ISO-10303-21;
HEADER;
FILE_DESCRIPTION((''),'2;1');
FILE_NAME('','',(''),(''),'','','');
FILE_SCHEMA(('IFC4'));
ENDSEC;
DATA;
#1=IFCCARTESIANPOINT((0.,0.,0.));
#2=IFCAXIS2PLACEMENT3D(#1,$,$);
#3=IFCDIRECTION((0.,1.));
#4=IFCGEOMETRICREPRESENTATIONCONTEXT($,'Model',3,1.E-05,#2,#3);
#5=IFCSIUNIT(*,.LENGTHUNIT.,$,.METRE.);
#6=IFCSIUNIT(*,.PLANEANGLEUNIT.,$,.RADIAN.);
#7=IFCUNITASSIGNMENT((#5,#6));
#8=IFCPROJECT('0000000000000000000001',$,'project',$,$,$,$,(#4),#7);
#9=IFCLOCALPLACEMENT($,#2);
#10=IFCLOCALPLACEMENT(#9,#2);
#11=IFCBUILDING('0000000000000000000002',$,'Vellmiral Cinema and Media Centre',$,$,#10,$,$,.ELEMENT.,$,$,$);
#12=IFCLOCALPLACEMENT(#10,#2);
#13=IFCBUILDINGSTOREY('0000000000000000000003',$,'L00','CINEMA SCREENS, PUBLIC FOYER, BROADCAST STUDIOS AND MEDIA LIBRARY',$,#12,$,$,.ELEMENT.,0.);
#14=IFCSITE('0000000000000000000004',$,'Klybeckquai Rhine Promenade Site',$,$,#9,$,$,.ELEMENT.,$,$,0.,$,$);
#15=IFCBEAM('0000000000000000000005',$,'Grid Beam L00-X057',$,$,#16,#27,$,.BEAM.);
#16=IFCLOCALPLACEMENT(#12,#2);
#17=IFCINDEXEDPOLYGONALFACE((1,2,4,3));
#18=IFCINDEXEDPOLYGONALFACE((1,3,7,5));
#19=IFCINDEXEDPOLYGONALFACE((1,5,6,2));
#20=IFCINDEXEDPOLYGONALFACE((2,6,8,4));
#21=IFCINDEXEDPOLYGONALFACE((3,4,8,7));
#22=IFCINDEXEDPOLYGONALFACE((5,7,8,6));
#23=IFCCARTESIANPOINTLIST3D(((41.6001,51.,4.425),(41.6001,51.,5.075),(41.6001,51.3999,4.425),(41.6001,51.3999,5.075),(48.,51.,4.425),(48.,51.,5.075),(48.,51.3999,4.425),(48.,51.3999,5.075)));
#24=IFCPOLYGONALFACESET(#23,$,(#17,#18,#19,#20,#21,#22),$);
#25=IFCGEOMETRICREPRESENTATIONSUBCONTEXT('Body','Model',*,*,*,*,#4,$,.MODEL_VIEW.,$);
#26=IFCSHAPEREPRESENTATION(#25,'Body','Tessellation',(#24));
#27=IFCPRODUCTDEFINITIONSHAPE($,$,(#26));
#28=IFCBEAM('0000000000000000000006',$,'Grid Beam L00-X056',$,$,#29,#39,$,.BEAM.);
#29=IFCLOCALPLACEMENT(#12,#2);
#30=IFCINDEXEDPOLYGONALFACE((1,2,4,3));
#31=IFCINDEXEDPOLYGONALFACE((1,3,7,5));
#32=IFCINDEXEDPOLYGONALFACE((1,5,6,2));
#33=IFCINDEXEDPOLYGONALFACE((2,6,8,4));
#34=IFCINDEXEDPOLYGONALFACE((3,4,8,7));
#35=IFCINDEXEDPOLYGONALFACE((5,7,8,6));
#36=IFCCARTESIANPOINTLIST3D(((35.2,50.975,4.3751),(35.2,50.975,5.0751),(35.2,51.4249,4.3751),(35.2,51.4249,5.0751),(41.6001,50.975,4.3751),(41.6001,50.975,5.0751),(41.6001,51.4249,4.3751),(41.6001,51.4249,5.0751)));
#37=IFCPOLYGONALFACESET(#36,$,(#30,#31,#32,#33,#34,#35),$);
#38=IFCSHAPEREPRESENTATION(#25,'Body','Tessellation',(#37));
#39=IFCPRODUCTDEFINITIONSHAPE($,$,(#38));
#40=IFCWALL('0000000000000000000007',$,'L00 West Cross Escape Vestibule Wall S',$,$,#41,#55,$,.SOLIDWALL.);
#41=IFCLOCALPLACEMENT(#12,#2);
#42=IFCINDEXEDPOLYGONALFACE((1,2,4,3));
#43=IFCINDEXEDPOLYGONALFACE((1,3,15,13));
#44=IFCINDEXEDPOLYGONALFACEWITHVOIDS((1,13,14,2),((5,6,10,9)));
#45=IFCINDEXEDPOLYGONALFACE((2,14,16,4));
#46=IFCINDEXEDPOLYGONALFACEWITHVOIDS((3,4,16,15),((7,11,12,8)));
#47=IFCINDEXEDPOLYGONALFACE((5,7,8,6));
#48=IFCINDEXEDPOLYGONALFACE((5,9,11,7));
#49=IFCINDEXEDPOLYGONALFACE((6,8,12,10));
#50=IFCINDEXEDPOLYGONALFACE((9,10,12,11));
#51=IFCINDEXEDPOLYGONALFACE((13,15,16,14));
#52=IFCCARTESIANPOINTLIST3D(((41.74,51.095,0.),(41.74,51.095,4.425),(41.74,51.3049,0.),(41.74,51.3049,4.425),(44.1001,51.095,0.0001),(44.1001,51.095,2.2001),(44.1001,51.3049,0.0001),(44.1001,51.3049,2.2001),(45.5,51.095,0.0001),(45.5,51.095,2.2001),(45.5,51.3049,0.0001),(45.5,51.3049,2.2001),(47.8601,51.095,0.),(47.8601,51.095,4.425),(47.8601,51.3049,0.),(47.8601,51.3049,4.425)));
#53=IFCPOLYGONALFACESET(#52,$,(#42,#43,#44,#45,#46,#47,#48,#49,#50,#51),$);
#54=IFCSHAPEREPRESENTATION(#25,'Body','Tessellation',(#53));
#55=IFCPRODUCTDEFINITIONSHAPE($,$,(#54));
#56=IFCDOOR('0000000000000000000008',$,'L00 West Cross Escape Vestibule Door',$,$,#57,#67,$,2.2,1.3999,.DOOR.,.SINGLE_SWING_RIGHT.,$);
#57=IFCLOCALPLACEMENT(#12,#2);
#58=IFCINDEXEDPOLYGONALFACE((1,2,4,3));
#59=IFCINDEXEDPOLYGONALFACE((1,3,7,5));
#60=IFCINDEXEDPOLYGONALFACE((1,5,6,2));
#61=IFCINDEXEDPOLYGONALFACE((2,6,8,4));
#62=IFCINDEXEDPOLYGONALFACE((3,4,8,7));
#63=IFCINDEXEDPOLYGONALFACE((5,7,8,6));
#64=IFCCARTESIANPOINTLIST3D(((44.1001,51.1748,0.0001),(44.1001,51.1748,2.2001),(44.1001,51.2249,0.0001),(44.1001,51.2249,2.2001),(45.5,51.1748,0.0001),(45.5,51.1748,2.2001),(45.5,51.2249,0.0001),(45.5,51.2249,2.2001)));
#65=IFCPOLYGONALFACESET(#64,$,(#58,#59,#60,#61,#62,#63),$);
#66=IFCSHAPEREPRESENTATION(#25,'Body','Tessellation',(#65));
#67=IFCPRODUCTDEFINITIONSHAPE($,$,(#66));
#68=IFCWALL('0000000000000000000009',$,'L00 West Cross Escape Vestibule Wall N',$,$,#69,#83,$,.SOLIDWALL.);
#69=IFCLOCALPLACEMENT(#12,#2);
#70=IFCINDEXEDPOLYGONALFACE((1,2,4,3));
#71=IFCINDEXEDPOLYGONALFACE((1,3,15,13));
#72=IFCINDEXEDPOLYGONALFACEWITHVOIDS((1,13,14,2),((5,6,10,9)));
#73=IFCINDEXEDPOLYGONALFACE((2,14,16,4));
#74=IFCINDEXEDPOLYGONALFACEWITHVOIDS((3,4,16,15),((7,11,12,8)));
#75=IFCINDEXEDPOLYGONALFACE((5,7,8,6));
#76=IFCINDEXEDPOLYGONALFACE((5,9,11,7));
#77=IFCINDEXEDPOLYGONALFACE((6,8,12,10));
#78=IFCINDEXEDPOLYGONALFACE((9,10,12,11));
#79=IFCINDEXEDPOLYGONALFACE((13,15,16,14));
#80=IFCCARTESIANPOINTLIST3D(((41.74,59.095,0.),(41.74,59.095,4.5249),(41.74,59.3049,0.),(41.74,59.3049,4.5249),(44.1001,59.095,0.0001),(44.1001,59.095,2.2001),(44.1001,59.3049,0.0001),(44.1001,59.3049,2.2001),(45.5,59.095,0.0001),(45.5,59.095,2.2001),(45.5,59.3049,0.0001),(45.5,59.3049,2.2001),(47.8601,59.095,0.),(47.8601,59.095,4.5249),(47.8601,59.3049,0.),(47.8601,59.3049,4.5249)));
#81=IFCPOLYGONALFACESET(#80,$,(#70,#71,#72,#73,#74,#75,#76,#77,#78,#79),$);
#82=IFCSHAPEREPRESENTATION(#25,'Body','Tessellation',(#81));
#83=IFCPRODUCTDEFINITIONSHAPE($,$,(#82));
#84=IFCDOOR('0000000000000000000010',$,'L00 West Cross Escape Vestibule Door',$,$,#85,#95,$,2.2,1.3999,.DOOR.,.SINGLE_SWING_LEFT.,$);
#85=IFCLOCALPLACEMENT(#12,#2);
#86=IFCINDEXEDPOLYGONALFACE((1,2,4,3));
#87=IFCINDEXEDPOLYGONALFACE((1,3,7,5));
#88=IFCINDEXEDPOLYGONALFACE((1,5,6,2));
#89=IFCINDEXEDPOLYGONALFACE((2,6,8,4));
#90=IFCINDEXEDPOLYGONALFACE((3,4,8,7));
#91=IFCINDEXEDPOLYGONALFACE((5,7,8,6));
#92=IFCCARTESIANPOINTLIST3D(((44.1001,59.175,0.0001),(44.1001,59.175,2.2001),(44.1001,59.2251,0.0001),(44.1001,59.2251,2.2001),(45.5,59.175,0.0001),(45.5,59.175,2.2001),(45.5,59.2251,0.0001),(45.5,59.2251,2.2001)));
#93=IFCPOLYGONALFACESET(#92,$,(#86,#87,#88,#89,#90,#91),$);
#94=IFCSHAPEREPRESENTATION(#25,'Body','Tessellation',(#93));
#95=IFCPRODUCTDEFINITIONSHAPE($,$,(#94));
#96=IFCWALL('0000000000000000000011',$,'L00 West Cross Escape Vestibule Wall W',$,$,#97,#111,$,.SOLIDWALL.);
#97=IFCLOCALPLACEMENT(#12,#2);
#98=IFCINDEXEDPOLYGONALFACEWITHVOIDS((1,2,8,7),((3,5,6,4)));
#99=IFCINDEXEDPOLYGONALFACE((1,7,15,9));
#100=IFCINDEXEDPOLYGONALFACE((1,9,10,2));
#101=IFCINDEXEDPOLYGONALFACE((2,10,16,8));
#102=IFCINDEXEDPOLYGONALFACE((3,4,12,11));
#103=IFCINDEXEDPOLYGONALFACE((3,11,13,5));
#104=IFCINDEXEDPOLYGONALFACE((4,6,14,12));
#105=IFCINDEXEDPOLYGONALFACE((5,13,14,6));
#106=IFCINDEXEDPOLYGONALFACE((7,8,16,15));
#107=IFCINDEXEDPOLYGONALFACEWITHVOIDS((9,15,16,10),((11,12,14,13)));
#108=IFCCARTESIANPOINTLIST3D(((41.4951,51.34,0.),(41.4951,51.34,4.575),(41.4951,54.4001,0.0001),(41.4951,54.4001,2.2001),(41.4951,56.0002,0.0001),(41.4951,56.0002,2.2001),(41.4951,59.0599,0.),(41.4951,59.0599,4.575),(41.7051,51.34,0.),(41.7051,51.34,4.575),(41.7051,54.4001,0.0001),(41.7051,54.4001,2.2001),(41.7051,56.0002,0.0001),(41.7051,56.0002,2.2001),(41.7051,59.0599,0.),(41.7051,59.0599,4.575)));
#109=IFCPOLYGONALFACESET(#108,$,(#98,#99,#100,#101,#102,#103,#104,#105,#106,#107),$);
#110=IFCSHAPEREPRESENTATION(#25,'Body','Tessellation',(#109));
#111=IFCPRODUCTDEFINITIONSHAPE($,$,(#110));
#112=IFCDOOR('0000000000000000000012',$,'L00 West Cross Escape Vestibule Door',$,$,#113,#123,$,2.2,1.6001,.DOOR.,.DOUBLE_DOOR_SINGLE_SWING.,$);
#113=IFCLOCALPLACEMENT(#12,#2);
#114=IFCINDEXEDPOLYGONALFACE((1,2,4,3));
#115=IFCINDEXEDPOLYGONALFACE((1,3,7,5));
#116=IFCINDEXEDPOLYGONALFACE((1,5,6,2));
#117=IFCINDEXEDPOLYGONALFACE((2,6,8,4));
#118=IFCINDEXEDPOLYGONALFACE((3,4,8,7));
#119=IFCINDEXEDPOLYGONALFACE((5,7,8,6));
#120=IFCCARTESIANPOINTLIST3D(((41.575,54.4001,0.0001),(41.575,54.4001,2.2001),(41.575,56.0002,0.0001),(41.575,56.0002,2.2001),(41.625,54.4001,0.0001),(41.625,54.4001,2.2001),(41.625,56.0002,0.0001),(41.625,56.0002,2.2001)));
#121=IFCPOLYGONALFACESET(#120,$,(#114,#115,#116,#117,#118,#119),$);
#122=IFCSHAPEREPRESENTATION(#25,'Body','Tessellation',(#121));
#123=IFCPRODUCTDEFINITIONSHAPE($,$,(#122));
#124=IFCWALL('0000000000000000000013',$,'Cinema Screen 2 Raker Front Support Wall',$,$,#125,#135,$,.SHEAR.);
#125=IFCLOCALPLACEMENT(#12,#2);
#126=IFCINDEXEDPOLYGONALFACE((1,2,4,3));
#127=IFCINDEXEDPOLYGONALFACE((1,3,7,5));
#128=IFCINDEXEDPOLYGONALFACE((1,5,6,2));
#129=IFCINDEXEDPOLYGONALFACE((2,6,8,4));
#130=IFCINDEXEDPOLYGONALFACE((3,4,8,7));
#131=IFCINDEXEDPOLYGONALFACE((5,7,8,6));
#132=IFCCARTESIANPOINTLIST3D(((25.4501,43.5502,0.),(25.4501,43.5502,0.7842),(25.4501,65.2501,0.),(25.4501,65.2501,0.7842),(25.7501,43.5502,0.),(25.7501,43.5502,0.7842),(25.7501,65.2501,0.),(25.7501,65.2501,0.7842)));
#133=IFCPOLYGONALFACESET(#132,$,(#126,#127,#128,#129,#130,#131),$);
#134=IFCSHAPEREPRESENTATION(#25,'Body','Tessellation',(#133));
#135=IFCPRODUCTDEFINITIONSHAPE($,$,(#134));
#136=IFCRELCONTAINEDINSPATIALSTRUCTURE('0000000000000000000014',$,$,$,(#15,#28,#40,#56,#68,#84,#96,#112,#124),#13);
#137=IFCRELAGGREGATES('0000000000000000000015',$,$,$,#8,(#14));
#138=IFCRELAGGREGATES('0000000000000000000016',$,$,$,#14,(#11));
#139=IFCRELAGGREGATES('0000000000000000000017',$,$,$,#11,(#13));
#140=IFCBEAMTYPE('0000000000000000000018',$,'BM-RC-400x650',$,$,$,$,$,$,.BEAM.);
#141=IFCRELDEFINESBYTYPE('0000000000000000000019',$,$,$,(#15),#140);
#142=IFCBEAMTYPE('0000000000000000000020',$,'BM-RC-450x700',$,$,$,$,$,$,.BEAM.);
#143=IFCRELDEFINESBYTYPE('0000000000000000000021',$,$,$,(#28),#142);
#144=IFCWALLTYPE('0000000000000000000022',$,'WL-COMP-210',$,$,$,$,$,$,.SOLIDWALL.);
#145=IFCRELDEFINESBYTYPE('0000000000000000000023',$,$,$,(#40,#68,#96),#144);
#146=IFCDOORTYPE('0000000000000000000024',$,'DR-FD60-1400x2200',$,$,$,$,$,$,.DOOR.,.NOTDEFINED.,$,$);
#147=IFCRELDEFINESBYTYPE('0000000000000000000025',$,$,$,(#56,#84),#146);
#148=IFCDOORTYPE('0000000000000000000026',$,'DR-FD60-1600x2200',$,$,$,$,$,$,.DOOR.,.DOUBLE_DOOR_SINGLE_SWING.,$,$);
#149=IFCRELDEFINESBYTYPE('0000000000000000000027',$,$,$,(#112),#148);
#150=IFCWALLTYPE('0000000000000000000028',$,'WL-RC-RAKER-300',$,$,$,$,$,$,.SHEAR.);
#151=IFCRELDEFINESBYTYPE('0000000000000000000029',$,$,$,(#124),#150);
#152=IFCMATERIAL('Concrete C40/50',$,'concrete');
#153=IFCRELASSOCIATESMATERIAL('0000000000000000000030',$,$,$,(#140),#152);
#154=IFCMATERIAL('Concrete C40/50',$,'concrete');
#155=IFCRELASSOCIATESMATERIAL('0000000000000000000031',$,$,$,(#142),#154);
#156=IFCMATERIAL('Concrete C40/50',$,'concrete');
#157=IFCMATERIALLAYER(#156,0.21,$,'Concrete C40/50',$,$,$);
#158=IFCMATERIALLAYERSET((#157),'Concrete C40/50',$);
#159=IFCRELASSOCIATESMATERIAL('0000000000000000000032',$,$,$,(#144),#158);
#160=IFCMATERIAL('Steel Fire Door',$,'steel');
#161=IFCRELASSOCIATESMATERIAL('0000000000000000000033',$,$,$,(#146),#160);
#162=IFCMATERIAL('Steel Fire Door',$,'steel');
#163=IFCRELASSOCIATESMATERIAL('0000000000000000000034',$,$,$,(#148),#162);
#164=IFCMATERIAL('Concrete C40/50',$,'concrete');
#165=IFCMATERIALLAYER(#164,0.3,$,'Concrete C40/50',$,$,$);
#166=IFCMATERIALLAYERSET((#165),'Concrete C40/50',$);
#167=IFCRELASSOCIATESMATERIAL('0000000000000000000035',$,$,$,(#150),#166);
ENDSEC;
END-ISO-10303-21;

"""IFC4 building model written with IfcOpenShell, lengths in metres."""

from ifc_helpers import new_model, si_unit, direction, frame, frame_2d, origin, origin_2d, place, context, subcontext, project, spatial, rectangle, extrude, material, layer, layer_set, material_profile, profile_set, type_object, element, fill, save


model = new_model("IFC4")

# Units and contexts
model_context = context("Model", 3, precision=1e-05, world=origin(), true_north=direction((0.0, 1.0)))
body_context = subcontext(model_context, "Body", "Model", "MODEL_VIEW")
ifc_project = project(units=[si_unit("LENGTHUNIT", "METRE"), si_unit("PLANEANGLEUNIT", "RADIAN")], contexts=[model_context])

# Site, building, storey
site_placement = place(None, origin())
site = spatial("IfcSite", under=ifc_project, at=site_placement, Name="Klybeckquai Rhine Promenade Site", CompositionType="ELEMENT", RefElevation=0.0)
building_placement = place(site_placement, origin())
building = spatial("IfcBuilding", under=site, at=building_placement, Name="Vellmiral Cinema and Media Centre", CompositionType="ELEMENT")
storey_placement = place(building_placement, origin())
storey = spatial("IfcBuildingStorey", under=building, at=storey_placement, Name="L00", Description="CINEMA SCREENS, PUBLIC FOYER, BROADCAST STUDIOS AND MEDIA LIBRARY", CompositionType="ELEMENT", Elevation=0.0)

# Beams
ifc_material_1 = material(Name="Concrete C40/50", Category="concrete")
ifc_material_profile_1 = material_profile(ifc_material_1, rectangle(XDim=0.3999, YDim=0.6499, at=origin_2d()), Name="RC 400x650")
ifc_profile_set_1 = profile_set([ifc_material_profile_1], Name="Concrete C40/50")
beam_type_1 = type_object("IfcBeamType", Name="BM-RC-400x650", PredefinedType="BEAM", material=ifc_profile_set_1)
beam_1_placement = place(storey_placement, frame((41.6001, 51.2, 4.75), z_axis=(1.0, 0.0, 0.0), x_axis=(0.0, 1.0, 0.0)))
element("IfcBeam", 1, at=beam_1_placement, inside=storey, type_object=beam_type_1, Name="Grid Beam L00-X057", PredefinedType="BEAM", context=body_context, shape_type="SweptSolid", body=[
    extrude(rectangle(XDim=0.3999, YDim=0.6499, at=origin_2d()), origin(), (0.0, 0.0, 1.0), 6.3999),
])
ifc_material_2 = material(Name="Concrete C40/50", Category="concrete")
ifc_material_profile_2 = material_profile(ifc_material_2, rectangle(XDim=0.45, YDim=0.7, at=origin_2d()), Name="RC 450x700")
ifc_profile_set_2 = profile_set([ifc_material_profile_2], Name="Concrete C40/50")
beam_type_2 = type_object("IfcBeamType", Name="BM-RC-450x700", PredefinedType="BEAM", material=ifc_profile_set_2)
beam_2_placement = place(storey_placement, frame((35.2, 51.2, 4.7251), z_axis=(1.0, 0.0, 0.0), x_axis=(0.0, 1.0, 0.0)))
element("IfcBeam", 2, at=beam_2_placement, inside=storey, type_object=beam_type_2, Name="Grid Beam L00-X056", PredefinedType="BEAM", context=body_context, shape_type="SweptSolid", body=[
    extrude(rectangle(XDim=0.45, YDim=0.7, at=origin_2d()), origin(), (0.0, 0.0, 1.0), 6.4001),
])

# Walls, openings, doors
ifc_material_3 = material(Name="Concrete C40/50", Category="concrete")
ifc_layer_1 = layer(ifc_material_3, 0.21, Name="Concrete C40/50")
ifc_layer_set_1 = layer_set([ifc_layer_1], Name="Concrete C40/50")
wall_type_1 = type_object("IfcWallType", Name="WL-COMP-210", PredefinedType="SOLIDWALL", material=ifc_layer_set_1)
wall_1_placement = place(storey_placement, frame((41.74, 51.2, 0.0), z_axis=(0.0, 0.0, 1.0), x_axis=(1.0, 0.0, 0.0)))
wall_1 = element("IfcWall", 3, at=wall_1_placement, inside=storey, type_object=wall_type_1, Name="L00 West Cross Escape Vestibule Wall S", PredefinedType="SOLIDWALL", context=body_context, shape_type="SweptSolid", body=[
    extrude(rectangle(XDim=6.1201, YDim=0.21, at=frame_2d((3.0601, 0.0))), origin(), (0.0, 0.0, 1.0), 4.425),
])
opening_1_placement = place(wall_1_placement, frame((2.3601, 0.0, 0.0)))
opening_1 = element("IfcOpeningElement", 4, at=opening_1_placement, cuts=wall_1, PredefinedType="OPENING", context=body_context, shape_type="SweptSolid", body=[
    extrude(rectangle(XDim=1.3999, YDim=2.2, at=frame_2d((0.7, 1.1001))), frame((0.0, 0.1169, 0.0), z_axis=(0.0, -1.0, 0.0), x_axis=(1.0, 0.0, 0.0)), (0.0, 0.0, 1.0), 0.2339),
])
ifc_material_4 = material(Name="Steel Fire Door", Category="steel")
door_type_1 = type_object("IfcDoorType", Name="DR-FD60-1400x2200", OperationType="NOTDEFINED", PredefinedType="DOOR", material=ifc_material_4)
door_1_placement = place(opening_1_placement, origin())
door_1 = element("IfcDoor", 5, at=door_1_placement, inside=storey, type_object=door_type_1, Name="L00 West Cross Escape Vestibule Door", OperationType="SINGLE_SWING_RIGHT", OverallHeight=2.2, OverallWidth=1.3999, PredefinedType="DOOR", context=body_context, shape_type="SweptSolid", body=[
    extrude(rectangle(XDim=1.3999, YDim=2.2, at=frame_2d((0.7, 1.1001))), frame((0.0, 0.0249, 0.0), z_axis=(0.0, -1.0, 0.0), x_axis=(1.0, 0.0, 0.0)), (0.0, 0.0, 1.0), 0.05),
])
fill(opening_1, door_1)
wall_2_placement = place(storey_placement, frame((41.74, 59.2, 0.0), z_axis=(0.0, 0.0, 1.0), x_axis=(1.0, 0.0, 0.0)))
wall_2 = element("IfcWall", 6, at=wall_2_placement, inside=storey, type_object=wall_type_1, Name="L00 West Cross Escape Vestibule Wall N", PredefinedType="SOLIDWALL", context=body_context, shape_type="SweptSolid", body=[
    extrude(rectangle(XDim=6.1201, YDim=0.21, at=frame_2d((3.0601, 0.0))), origin(), (0.0, 0.0, 1.0), 4.5249),
])
opening_2_placement = place(wall_2_placement, frame((2.3601, 0.0, 0.0)))
opening_2 = element("IfcOpeningElement", 7, at=opening_2_placement, cuts=wall_2, PredefinedType="OPENING", context=body_context, shape_type="SweptSolid", body=[
    extrude(rectangle(XDim=1.3999, YDim=2.2, at=frame_2d((0.7, 1.1001))), frame((0.0, 0.1169, 0.0), z_axis=(0.0, -1.0, 0.0), x_axis=(1.0, 0.0, 0.0)), (0.0, 0.0, 1.0), 0.2339),
])
door_2_placement = place(opening_2_placement, frame((1.3999, 0.0, 0.0), z_axis=(0.0, 0.0, 1.0), x_axis=(-1.0, 0.0, 0.0)))
door_2 = element("IfcDoor", 8, at=door_2_placement, inside=storey, type_object=door_type_1, Name="L00 West Cross Escape Vestibule Door", OperationType="SINGLE_SWING_LEFT", OverallHeight=2.2, OverallWidth=1.3999, PredefinedType="DOOR", context=body_context, shape_type="SweptSolid", body=[
    extrude(rectangle(XDim=1.3999, YDim=2.2, at=frame_2d((0.7, 1.1001))), frame((0.0, 0.0249, 0.0), z_axis=(0.0, -1.0, 0.0), x_axis=(1.0, 0.0, 0.0)), (0.0, 0.0, 1.0), 0.05),
])
fill(opening_2, door_2)
wall_3_placement = place(storey_placement, frame((41.6001, 51.3401, 0.0), z_axis=(0.0, 0.0, 1.0), x_axis=(0.0, 1.0, 0.0)))
wall_3 = element("IfcWall", 9, at=wall_3_placement, inside=storey, type_object=wall_type_1, Name="L00 West Cross Escape Vestibule Wall W", PredefinedType="SOLIDWALL", context=body_context, shape_type="SweptSolid", body=[
    extrude(rectangle(XDim=7.72, YDim=0.21, at=frame_2d((3.8599, 0.0))), origin(), (0.0, 0.0, 1.0), 4.575),
])
opening_3_placement = place(wall_3_placement, frame((3.0601, 0.0, 0.0)))
opening_3 = element("IfcOpeningElement", 10, at=opening_3_placement, cuts=wall_3, PredefinedType="OPENING", context=body_context, shape_type="SweptSolid", body=[
    extrude(rectangle(XDim=1.6001, YDim=2.2, at=frame_2d((0.8, 1.1001))), frame((0.0, 0.1169, 0.0), z_axis=(0.0, -1.0, 0.0), x_axis=(1.0, 0.0, 0.0)), (0.0, 0.0, 1.0), 0.2339),
])
ifc_material_5 = material(Name="Steel Fire Door", Category="steel")
door_type_2 = type_object("IfcDoorType", Name="DR-FD60-1600x2200", OperationType="DOUBLE_DOOR_SINGLE_SWING", PredefinedType="DOOR", material=ifc_material_5)
door_3_placement = place(opening_3_placement, frame((1.6001, 0.0, 0.0), z_axis=(0.0, 0.0, 1.0), x_axis=(-1.0, 0.0, 0.0)))
door_3 = element("IfcDoor", 11, at=door_3_placement, inside=storey, type_object=door_type_2, Name="L00 West Cross Escape Vestibule Door", OperationType="DOUBLE_DOOR_SINGLE_SWING", OverallHeight=2.2, OverallWidth=1.6001, PredefinedType="DOOR", context=body_context, shape_type="SweptSolid", body=[
    extrude(rectangle(XDim=1.6001, YDim=2.2, at=frame_2d((0.8, 1.1001))), frame((0.0, 0.0249, 0.0), z_axis=(0.0, -1.0, 0.0), x_axis=(1.0, 0.0, 0.0)), (0.0, 0.0, 1.0), 0.05),
])
fill(opening_3, door_3)

# Wall
ifc_material_6 = material(Name="Concrete C40/50", Category="concrete")
ifc_layer_2 = layer(ifc_material_6, 0.3, Name="Concrete C40/50")
ifc_layer_set_2 = layer_set([ifc_layer_2], Name="Concrete C40/50")
wall_type_2 = type_object("IfcWallType", Name="WL-RC-RAKER-300", PredefinedType="SHEAR", material=ifc_layer_set_2)
wall_4_placement = place(storey_placement, frame((25.6001, 43.55, 0.0), z_axis=(0.0, 0.0, 1.0), x_axis=(0.0, 1.0, 0.0)))
element("IfcWall", 12, at=wall_4_placement, inside=storey, type_object=wall_type_2, Name="Cinema Screen 2 Raker Front Support Wall", PredefinedType="SHEAR", context=body_context, shape_type="SweptSolid", body=[
    extrude(rectangle(XDim=21.7, YDim=0.3, at=frame_2d((10.8501, 0.0))), origin(), (0.0, 0.0, 1.0), 0.7842),
])

save(model, "model.ifc")
